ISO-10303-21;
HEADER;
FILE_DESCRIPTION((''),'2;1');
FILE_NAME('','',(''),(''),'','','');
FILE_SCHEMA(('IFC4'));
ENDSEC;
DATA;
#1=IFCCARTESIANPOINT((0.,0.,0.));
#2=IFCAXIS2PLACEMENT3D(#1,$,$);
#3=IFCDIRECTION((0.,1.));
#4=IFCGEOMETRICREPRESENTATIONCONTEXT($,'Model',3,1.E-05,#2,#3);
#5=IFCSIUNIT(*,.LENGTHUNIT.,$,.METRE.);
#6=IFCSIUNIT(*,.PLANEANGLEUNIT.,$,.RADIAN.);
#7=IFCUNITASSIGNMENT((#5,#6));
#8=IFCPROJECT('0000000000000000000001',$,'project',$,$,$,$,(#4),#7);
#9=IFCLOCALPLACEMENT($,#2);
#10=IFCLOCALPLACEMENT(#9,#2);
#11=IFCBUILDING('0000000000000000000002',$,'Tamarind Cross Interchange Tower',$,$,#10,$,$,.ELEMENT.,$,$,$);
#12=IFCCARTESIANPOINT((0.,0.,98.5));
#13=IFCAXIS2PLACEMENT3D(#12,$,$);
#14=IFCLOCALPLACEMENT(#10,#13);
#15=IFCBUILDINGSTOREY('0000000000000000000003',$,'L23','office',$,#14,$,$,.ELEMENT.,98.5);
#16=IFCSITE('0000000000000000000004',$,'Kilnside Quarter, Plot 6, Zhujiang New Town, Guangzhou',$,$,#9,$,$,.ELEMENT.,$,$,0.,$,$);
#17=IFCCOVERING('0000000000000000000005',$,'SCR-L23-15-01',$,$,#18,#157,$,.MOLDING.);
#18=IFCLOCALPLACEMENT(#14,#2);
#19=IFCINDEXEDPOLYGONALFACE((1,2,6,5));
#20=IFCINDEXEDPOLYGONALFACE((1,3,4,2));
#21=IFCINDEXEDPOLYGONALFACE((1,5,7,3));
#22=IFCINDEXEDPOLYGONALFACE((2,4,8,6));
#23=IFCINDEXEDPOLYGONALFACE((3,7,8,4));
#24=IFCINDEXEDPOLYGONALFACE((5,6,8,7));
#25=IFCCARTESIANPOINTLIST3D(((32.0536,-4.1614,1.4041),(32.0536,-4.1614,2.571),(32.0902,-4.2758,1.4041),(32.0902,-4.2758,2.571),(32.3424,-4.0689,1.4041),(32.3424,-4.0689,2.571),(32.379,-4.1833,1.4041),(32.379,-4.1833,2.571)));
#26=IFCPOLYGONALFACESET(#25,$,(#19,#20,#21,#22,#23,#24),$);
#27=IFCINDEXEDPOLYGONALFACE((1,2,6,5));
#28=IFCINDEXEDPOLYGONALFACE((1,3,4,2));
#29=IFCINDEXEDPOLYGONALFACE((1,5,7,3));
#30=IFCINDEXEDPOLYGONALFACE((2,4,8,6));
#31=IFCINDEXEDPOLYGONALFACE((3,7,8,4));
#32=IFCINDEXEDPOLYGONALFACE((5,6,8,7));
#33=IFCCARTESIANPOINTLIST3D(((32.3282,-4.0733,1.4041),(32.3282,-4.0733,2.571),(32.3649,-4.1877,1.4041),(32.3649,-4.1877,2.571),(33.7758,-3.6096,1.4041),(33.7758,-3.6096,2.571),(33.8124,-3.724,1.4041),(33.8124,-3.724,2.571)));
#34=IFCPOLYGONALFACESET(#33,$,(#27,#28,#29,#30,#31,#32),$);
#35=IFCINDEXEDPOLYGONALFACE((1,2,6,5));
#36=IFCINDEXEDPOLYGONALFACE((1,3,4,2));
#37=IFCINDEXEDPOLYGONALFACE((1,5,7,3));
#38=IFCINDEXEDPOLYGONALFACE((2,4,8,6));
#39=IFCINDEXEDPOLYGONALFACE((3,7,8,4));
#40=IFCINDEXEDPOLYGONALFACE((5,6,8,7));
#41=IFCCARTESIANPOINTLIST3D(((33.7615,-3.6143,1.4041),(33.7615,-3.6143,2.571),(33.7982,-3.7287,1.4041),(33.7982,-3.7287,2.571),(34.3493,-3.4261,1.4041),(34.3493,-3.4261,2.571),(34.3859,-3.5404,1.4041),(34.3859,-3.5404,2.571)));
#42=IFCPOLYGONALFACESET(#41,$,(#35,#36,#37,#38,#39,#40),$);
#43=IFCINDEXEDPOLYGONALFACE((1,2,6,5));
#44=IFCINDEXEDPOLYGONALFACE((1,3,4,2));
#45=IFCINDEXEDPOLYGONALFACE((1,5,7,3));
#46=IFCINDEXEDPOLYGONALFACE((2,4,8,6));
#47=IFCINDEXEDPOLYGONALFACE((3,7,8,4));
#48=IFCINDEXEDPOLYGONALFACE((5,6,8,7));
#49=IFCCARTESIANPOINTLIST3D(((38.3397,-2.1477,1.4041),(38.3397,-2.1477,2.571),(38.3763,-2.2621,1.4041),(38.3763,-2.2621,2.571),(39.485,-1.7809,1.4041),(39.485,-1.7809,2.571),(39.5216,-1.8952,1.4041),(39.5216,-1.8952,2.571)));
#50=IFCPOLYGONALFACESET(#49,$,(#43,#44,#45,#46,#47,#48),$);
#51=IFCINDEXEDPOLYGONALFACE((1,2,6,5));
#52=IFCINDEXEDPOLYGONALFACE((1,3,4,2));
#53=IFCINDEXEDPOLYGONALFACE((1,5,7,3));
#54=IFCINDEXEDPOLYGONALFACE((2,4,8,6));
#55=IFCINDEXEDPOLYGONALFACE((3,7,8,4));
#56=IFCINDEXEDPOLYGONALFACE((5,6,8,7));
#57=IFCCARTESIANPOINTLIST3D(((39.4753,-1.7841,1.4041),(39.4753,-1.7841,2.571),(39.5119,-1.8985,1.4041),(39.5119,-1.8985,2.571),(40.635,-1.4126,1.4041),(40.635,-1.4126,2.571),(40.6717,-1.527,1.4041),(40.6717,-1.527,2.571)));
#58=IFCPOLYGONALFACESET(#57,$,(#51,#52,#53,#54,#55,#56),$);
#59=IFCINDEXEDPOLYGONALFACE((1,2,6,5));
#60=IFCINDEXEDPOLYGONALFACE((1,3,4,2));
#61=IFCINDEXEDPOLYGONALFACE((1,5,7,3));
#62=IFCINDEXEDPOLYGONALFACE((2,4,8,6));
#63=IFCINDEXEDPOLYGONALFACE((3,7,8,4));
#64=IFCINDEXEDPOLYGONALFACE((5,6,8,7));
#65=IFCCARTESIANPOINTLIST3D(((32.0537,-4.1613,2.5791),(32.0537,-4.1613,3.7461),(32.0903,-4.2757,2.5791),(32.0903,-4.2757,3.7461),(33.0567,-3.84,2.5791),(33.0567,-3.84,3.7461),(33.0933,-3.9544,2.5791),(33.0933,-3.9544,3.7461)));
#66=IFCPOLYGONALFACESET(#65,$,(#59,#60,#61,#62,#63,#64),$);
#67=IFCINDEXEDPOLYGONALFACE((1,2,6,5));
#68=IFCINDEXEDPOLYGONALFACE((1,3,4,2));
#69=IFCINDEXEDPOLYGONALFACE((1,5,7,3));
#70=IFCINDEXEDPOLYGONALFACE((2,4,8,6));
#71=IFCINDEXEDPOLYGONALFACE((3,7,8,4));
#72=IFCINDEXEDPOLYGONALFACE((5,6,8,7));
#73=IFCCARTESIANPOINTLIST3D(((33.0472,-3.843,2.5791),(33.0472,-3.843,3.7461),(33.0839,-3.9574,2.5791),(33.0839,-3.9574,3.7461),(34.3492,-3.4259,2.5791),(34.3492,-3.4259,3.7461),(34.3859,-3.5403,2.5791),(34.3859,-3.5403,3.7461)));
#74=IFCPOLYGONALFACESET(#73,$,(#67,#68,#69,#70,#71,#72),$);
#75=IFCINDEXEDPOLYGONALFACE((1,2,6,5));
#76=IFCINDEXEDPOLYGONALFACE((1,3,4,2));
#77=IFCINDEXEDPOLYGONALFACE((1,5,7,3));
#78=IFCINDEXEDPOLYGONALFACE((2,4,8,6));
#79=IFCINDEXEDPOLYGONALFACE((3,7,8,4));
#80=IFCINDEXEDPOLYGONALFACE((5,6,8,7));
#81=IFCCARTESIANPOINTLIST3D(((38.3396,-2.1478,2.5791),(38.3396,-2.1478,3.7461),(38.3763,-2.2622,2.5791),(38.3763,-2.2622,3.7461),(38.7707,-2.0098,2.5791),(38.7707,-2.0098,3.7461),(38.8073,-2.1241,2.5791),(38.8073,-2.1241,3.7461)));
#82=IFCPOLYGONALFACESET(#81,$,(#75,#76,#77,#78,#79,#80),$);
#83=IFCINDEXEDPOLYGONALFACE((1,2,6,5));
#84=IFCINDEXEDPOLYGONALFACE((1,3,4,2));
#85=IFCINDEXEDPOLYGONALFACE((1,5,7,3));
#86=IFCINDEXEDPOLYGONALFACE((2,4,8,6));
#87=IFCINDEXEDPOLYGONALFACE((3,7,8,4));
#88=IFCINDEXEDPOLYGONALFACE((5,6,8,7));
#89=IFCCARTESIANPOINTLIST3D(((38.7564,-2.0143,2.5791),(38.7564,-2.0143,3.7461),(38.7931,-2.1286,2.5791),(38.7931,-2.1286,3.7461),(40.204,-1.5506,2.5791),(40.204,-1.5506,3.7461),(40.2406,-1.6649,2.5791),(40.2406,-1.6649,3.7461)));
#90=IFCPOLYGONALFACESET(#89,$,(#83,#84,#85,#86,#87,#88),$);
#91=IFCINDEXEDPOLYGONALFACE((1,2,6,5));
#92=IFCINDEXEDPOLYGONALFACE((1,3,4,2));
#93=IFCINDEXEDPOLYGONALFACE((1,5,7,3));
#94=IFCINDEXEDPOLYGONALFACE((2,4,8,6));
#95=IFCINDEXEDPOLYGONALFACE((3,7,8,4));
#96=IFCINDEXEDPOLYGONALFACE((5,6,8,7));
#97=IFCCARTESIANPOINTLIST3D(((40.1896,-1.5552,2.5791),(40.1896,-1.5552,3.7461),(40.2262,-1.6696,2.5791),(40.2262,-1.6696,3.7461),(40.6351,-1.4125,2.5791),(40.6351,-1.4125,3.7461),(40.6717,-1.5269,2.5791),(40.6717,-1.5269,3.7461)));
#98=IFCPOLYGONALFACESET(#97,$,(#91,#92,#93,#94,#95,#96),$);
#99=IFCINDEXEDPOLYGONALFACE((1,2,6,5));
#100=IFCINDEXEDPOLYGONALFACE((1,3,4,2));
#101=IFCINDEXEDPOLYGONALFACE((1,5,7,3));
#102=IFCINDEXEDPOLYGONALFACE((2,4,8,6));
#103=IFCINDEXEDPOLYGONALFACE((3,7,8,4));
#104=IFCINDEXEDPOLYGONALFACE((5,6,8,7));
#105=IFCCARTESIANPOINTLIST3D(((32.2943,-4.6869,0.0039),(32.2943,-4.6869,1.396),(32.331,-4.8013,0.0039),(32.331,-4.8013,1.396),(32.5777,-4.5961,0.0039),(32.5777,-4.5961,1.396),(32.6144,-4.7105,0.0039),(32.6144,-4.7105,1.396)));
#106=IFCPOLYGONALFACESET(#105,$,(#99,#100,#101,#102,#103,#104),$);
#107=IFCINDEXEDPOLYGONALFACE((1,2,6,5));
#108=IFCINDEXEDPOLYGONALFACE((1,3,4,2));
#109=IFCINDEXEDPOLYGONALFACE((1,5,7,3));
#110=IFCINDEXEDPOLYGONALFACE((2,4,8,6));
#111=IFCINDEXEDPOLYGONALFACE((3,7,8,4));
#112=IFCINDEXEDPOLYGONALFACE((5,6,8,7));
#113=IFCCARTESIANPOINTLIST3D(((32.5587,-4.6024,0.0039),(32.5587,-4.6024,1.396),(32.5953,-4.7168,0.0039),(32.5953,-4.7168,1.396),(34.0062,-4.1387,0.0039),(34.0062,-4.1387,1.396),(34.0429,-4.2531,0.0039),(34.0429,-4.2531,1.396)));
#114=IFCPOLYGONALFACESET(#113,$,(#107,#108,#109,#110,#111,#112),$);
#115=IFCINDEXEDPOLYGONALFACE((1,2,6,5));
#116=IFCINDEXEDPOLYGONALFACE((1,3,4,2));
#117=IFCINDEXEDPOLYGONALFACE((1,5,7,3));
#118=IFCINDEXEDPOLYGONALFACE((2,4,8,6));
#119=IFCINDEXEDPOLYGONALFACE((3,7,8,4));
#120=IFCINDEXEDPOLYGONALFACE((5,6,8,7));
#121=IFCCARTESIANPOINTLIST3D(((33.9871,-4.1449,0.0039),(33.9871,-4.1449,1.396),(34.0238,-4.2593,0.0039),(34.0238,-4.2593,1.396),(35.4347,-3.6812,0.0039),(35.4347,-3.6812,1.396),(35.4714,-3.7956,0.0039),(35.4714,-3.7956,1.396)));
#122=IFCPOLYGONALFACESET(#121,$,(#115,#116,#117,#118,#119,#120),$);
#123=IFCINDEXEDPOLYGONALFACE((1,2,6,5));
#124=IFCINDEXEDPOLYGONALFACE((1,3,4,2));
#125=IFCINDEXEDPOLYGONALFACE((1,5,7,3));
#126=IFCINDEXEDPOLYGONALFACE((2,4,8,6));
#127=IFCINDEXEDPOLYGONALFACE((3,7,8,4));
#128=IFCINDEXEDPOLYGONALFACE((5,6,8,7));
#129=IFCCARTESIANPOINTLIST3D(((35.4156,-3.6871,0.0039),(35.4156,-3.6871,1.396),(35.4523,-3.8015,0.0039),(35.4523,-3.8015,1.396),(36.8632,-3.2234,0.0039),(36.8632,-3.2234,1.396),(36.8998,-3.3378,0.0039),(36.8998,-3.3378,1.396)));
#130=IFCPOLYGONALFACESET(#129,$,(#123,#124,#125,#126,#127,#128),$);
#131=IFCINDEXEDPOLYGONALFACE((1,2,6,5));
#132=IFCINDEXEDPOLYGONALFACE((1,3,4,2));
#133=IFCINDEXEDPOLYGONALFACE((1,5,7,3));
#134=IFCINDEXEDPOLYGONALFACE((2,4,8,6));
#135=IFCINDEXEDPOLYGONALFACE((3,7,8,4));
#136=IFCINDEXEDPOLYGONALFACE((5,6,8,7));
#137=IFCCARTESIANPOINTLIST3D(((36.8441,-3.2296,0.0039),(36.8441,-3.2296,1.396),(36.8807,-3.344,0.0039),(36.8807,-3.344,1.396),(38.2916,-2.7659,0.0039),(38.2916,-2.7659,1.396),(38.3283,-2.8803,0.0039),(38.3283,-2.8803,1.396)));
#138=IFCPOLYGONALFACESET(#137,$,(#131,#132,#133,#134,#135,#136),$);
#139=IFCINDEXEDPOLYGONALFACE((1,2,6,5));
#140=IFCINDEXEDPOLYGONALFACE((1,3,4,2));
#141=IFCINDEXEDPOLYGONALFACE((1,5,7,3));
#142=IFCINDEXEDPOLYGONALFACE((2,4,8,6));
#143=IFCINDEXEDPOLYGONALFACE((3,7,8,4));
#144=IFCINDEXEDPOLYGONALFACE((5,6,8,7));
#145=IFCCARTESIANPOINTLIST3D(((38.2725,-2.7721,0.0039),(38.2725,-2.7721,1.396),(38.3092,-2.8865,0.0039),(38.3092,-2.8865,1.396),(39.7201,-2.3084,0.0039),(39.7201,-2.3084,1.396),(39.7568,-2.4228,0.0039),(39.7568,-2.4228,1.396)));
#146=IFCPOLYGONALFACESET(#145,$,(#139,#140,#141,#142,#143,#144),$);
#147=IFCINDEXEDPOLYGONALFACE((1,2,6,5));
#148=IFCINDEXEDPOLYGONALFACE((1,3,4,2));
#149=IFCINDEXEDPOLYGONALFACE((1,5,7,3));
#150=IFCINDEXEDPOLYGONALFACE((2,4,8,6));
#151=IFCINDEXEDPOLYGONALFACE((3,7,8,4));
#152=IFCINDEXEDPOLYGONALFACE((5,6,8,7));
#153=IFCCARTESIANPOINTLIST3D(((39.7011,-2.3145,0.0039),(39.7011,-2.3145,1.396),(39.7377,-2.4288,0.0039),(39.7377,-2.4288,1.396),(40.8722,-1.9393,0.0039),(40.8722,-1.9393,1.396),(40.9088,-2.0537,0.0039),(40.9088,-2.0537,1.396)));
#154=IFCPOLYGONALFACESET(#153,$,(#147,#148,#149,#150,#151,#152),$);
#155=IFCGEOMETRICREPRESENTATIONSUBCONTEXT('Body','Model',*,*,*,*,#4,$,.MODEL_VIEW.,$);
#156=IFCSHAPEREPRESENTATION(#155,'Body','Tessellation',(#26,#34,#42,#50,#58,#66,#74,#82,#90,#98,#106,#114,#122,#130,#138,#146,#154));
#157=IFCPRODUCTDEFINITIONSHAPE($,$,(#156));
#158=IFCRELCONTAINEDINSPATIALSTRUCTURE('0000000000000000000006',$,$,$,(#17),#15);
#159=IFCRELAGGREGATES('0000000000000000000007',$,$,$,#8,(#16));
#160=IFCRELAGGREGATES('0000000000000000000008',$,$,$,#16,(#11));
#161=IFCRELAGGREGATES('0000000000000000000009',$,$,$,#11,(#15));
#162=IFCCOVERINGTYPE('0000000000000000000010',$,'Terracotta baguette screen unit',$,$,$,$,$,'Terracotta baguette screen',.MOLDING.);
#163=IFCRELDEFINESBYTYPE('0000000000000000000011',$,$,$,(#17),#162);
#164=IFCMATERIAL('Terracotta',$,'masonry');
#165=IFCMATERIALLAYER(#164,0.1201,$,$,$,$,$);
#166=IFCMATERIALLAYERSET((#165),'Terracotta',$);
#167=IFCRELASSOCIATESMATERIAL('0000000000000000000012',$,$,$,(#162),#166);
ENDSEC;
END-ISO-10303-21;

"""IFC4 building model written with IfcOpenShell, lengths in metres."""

from ifc_helpers import new_model, si_unit, direction, frame, origin, origin_2d, place, context, subcontext, project, spatial, rectangle, extrude, material, layer, layer_set, type_object, element, save


model = new_model("IFC4")

# Units and contexts
model_context = context("Model", 3, precision=1e-05, world=origin(), true_north=direction((0.0, 1.0)))
body_context = subcontext(model_context, "Body", "Model", "MODEL_VIEW")
ifc_project = project(units=[si_unit("LENGTHUNIT", "METRE"), si_unit("PLANEANGLEUNIT", "RADIAN")], contexts=[model_context])

# Site, building, storey
site_placement = place(None, origin())
site = spatial("IfcSite", under=ifc_project, at=site_placement, Name="Kilnside Quarter, Plot 6, Zhujiang New Town, Guangzhou", CompositionType="ELEMENT", RefElevation=0.0)
building_placement = place(site_placement, origin())
building = spatial("IfcBuilding", under=site, at=building_placement, Name="Tamarind Cross Interchange Tower", CompositionType="ELEMENT")
storey_placement = place(building_placement, frame((0.0, 0.0, 98.5)))
storey = spatial("IfcBuildingStorey", under=building, at=storey_placement, Name="L23", Description="office", CompositionType="ELEMENT", Elevation=98.5)

# Covering
ifc_material_1 = material(Name="Terracotta", Category="masonry")
ifc_layer_1 = layer(ifc_material_1, 0.1201)
ifc_layer_set_1 = layer_set([ifc_layer_1], Name="Terracotta")
covering_type = type_object("IfcCoveringType", Name="Terracotta baguette screen unit", ElementType="Terracotta baguette screen", PredefinedType="MOLDING", material=ifc_layer_set_1)
covering_1_placement = place(storey_placement, origin())
element("IfcCovering", 1, at=covering_1_placement, inside=storey, type_object=covering_type, Name="SCR-L23-15-01", PredefinedType="MOLDING", context=body_context, shape_type="SweptSolid", body=[
    extrude(rectangle(XDim=0.3032, YDim=0.1201, at=origin_2d()), frame((32.2163, -4.1724, 1.4041), z_axis=(0.0, 0.0, 1.0), x_axis=(0.952334, 0.305057, 0.0)), (0.0, 0.0, 1.0), 1.167),
    extrude(rectangle(XDim=1.52, YDim=0.1201, at=origin_2d()), frame((33.0703, -3.8987, 1.4041), z_axis=(0.0, 0.0, 1.0), x_axis=(0.952334, 0.305057, 0.0)), (0.0, 0.0, 1.0), 1.167),
    extrude(rectangle(XDim=0.6172, YDim=0.1201, at=origin_2d()), frame((34.0737, -3.5774, 1.4041), z_axis=(0.0, 0.0, 1.0), x_axis=(0.952334, 0.305057, 0.0)), (0.0, 0.0, 1.0), 1.167),
    extrude(rectangle(XDim=1.2026, YDim=0.1201, at=origin_2d()), frame((38.9307, -2.0215, 1.4041), z_axis=(0.0, 0.0, 1.0), x_axis=(0.952334, 0.305057, 0.0)), (0.0, 0.0, 1.0), 1.167),
    extrude(rectangle(XDim=1.2178, YDim=0.1201, at=origin_2d()), frame((40.0735, -1.6555, 1.4041), z_axis=(0.0, 0.0, 1.0), x_axis=(0.952334, 0.305057, 0.0)), (0.0, 0.0, 1.0), 1.167),
    extrude(rectangle(XDim=1.0532, YDim=0.1201, at=origin_2d()), frame((32.5735, -4.0579, 2.5791), z_axis=(0.0, 0.0, 1.0), x_axis=(0.952334, 0.305057, 0.0)), (0.0, 0.0, 1.0), 1.167),
    extrude(rectangle(XDim=1.3672, YDim=0.1201, at=origin_2d()), frame((33.7166, -3.6917, 2.5791), z_axis=(0.0, 0.0, 1.0), x_axis=(0.952334, 0.305057, 0.0)), (0.0, 0.0, 1.0), 1.167),
    extrude(rectangle(XDim=0.4526, YDim=0.1201, at=origin_2d()), frame((38.5735, -2.136, 2.5791), z_axis=(0.0, 0.0, 1.0), x_axis=(0.952334, 0.305057, 0.0)), (0.0, 0.0, 1.0), 1.167),
    extrude(rectangle(XDim=1.52, YDim=0.1201, at=origin_2d()), frame((39.4985, -1.8396, 2.5791), z_axis=(0.0, 0.0, 1.0), x_axis=(0.952334, 0.305057, 0.0)), (0.0, 0.0, 1.0), 1.167),
    extrude(rectangle(XDim=0.4678, YDim=0.1201, at=origin_2d()), frame((40.4307, -1.541, 2.5791), z_axis=(0.0, 0.0, 1.0), x_axis=(0.952334, 0.305057, 0.0)), (0.0, 0.0, 1.0), 1.167),
    extrude(rectangle(XDim=0.2976, YDim=0.1201, at=origin_2d()), frame((32.4543, -4.6987, 0.0039), z_axis=(0.0, 0.0, 1.0), x_axis=(0.952334, 0.305057, 0.0)), (0.0, 0.0, 1.0), 1.3921),
    extrude(rectangle(XDim=1.52, YDim=0.1201, at=origin_2d()), frame((33.3008, -4.4277, 0.0039), z_axis=(0.0, 0.0, 1.0), x_axis=(0.952334, 0.305057, 0.0)), (0.0, 0.0, 1.0), 1.3921),
    extrude(rectangle(XDim=1.52, YDim=0.1201, at=origin_2d()), frame((34.7292, -3.9702, 0.0039), z_axis=(0.0, 0.0, 1.0), x_axis=(0.952334, 0.305057, 0.0)), (0.0, 0.0, 1.0), 1.3921),
    extrude(rectangle(XDim=1.52, YDim=0.1201, at=origin_2d()), frame((36.1577, -3.5125, 0.0039), z_axis=(0.0, 0.0, 1.0), x_axis=(0.952334, 0.305057, 0.0)), (0.0, 0.0, 1.0), 1.3921),
    extrude(rectangle(XDim=1.52, YDim=0.1201, at=origin_2d()), frame((37.5862, -3.0549, 0.0039), z_axis=(0.0, 0.0, 1.0), x_axis=(0.952334, 0.305057, 0.0)), (0.0, 0.0, 1.0), 1.3921),
    extrude(rectangle(XDim=1.52, YDim=0.1201, at=origin_2d()), frame((39.0146, -2.5974, 0.0039), z_axis=(0.0, 0.0, 1.0), x_axis=(0.952334, 0.305057, 0.0)), (0.0, 0.0, 1.0), 1.3921),
    extrude(rectangle(XDim=1.2297, YDim=0.1201, at=origin_2d()), frame((40.3049, -2.1841, 0.0039), z_axis=(0.0, 0.0, 1.0), x_axis=(0.952334, 0.305057, 0.0)), (0.0, 0.0, 1.0), 1.3921),
])

save(model, "model.ifc")
